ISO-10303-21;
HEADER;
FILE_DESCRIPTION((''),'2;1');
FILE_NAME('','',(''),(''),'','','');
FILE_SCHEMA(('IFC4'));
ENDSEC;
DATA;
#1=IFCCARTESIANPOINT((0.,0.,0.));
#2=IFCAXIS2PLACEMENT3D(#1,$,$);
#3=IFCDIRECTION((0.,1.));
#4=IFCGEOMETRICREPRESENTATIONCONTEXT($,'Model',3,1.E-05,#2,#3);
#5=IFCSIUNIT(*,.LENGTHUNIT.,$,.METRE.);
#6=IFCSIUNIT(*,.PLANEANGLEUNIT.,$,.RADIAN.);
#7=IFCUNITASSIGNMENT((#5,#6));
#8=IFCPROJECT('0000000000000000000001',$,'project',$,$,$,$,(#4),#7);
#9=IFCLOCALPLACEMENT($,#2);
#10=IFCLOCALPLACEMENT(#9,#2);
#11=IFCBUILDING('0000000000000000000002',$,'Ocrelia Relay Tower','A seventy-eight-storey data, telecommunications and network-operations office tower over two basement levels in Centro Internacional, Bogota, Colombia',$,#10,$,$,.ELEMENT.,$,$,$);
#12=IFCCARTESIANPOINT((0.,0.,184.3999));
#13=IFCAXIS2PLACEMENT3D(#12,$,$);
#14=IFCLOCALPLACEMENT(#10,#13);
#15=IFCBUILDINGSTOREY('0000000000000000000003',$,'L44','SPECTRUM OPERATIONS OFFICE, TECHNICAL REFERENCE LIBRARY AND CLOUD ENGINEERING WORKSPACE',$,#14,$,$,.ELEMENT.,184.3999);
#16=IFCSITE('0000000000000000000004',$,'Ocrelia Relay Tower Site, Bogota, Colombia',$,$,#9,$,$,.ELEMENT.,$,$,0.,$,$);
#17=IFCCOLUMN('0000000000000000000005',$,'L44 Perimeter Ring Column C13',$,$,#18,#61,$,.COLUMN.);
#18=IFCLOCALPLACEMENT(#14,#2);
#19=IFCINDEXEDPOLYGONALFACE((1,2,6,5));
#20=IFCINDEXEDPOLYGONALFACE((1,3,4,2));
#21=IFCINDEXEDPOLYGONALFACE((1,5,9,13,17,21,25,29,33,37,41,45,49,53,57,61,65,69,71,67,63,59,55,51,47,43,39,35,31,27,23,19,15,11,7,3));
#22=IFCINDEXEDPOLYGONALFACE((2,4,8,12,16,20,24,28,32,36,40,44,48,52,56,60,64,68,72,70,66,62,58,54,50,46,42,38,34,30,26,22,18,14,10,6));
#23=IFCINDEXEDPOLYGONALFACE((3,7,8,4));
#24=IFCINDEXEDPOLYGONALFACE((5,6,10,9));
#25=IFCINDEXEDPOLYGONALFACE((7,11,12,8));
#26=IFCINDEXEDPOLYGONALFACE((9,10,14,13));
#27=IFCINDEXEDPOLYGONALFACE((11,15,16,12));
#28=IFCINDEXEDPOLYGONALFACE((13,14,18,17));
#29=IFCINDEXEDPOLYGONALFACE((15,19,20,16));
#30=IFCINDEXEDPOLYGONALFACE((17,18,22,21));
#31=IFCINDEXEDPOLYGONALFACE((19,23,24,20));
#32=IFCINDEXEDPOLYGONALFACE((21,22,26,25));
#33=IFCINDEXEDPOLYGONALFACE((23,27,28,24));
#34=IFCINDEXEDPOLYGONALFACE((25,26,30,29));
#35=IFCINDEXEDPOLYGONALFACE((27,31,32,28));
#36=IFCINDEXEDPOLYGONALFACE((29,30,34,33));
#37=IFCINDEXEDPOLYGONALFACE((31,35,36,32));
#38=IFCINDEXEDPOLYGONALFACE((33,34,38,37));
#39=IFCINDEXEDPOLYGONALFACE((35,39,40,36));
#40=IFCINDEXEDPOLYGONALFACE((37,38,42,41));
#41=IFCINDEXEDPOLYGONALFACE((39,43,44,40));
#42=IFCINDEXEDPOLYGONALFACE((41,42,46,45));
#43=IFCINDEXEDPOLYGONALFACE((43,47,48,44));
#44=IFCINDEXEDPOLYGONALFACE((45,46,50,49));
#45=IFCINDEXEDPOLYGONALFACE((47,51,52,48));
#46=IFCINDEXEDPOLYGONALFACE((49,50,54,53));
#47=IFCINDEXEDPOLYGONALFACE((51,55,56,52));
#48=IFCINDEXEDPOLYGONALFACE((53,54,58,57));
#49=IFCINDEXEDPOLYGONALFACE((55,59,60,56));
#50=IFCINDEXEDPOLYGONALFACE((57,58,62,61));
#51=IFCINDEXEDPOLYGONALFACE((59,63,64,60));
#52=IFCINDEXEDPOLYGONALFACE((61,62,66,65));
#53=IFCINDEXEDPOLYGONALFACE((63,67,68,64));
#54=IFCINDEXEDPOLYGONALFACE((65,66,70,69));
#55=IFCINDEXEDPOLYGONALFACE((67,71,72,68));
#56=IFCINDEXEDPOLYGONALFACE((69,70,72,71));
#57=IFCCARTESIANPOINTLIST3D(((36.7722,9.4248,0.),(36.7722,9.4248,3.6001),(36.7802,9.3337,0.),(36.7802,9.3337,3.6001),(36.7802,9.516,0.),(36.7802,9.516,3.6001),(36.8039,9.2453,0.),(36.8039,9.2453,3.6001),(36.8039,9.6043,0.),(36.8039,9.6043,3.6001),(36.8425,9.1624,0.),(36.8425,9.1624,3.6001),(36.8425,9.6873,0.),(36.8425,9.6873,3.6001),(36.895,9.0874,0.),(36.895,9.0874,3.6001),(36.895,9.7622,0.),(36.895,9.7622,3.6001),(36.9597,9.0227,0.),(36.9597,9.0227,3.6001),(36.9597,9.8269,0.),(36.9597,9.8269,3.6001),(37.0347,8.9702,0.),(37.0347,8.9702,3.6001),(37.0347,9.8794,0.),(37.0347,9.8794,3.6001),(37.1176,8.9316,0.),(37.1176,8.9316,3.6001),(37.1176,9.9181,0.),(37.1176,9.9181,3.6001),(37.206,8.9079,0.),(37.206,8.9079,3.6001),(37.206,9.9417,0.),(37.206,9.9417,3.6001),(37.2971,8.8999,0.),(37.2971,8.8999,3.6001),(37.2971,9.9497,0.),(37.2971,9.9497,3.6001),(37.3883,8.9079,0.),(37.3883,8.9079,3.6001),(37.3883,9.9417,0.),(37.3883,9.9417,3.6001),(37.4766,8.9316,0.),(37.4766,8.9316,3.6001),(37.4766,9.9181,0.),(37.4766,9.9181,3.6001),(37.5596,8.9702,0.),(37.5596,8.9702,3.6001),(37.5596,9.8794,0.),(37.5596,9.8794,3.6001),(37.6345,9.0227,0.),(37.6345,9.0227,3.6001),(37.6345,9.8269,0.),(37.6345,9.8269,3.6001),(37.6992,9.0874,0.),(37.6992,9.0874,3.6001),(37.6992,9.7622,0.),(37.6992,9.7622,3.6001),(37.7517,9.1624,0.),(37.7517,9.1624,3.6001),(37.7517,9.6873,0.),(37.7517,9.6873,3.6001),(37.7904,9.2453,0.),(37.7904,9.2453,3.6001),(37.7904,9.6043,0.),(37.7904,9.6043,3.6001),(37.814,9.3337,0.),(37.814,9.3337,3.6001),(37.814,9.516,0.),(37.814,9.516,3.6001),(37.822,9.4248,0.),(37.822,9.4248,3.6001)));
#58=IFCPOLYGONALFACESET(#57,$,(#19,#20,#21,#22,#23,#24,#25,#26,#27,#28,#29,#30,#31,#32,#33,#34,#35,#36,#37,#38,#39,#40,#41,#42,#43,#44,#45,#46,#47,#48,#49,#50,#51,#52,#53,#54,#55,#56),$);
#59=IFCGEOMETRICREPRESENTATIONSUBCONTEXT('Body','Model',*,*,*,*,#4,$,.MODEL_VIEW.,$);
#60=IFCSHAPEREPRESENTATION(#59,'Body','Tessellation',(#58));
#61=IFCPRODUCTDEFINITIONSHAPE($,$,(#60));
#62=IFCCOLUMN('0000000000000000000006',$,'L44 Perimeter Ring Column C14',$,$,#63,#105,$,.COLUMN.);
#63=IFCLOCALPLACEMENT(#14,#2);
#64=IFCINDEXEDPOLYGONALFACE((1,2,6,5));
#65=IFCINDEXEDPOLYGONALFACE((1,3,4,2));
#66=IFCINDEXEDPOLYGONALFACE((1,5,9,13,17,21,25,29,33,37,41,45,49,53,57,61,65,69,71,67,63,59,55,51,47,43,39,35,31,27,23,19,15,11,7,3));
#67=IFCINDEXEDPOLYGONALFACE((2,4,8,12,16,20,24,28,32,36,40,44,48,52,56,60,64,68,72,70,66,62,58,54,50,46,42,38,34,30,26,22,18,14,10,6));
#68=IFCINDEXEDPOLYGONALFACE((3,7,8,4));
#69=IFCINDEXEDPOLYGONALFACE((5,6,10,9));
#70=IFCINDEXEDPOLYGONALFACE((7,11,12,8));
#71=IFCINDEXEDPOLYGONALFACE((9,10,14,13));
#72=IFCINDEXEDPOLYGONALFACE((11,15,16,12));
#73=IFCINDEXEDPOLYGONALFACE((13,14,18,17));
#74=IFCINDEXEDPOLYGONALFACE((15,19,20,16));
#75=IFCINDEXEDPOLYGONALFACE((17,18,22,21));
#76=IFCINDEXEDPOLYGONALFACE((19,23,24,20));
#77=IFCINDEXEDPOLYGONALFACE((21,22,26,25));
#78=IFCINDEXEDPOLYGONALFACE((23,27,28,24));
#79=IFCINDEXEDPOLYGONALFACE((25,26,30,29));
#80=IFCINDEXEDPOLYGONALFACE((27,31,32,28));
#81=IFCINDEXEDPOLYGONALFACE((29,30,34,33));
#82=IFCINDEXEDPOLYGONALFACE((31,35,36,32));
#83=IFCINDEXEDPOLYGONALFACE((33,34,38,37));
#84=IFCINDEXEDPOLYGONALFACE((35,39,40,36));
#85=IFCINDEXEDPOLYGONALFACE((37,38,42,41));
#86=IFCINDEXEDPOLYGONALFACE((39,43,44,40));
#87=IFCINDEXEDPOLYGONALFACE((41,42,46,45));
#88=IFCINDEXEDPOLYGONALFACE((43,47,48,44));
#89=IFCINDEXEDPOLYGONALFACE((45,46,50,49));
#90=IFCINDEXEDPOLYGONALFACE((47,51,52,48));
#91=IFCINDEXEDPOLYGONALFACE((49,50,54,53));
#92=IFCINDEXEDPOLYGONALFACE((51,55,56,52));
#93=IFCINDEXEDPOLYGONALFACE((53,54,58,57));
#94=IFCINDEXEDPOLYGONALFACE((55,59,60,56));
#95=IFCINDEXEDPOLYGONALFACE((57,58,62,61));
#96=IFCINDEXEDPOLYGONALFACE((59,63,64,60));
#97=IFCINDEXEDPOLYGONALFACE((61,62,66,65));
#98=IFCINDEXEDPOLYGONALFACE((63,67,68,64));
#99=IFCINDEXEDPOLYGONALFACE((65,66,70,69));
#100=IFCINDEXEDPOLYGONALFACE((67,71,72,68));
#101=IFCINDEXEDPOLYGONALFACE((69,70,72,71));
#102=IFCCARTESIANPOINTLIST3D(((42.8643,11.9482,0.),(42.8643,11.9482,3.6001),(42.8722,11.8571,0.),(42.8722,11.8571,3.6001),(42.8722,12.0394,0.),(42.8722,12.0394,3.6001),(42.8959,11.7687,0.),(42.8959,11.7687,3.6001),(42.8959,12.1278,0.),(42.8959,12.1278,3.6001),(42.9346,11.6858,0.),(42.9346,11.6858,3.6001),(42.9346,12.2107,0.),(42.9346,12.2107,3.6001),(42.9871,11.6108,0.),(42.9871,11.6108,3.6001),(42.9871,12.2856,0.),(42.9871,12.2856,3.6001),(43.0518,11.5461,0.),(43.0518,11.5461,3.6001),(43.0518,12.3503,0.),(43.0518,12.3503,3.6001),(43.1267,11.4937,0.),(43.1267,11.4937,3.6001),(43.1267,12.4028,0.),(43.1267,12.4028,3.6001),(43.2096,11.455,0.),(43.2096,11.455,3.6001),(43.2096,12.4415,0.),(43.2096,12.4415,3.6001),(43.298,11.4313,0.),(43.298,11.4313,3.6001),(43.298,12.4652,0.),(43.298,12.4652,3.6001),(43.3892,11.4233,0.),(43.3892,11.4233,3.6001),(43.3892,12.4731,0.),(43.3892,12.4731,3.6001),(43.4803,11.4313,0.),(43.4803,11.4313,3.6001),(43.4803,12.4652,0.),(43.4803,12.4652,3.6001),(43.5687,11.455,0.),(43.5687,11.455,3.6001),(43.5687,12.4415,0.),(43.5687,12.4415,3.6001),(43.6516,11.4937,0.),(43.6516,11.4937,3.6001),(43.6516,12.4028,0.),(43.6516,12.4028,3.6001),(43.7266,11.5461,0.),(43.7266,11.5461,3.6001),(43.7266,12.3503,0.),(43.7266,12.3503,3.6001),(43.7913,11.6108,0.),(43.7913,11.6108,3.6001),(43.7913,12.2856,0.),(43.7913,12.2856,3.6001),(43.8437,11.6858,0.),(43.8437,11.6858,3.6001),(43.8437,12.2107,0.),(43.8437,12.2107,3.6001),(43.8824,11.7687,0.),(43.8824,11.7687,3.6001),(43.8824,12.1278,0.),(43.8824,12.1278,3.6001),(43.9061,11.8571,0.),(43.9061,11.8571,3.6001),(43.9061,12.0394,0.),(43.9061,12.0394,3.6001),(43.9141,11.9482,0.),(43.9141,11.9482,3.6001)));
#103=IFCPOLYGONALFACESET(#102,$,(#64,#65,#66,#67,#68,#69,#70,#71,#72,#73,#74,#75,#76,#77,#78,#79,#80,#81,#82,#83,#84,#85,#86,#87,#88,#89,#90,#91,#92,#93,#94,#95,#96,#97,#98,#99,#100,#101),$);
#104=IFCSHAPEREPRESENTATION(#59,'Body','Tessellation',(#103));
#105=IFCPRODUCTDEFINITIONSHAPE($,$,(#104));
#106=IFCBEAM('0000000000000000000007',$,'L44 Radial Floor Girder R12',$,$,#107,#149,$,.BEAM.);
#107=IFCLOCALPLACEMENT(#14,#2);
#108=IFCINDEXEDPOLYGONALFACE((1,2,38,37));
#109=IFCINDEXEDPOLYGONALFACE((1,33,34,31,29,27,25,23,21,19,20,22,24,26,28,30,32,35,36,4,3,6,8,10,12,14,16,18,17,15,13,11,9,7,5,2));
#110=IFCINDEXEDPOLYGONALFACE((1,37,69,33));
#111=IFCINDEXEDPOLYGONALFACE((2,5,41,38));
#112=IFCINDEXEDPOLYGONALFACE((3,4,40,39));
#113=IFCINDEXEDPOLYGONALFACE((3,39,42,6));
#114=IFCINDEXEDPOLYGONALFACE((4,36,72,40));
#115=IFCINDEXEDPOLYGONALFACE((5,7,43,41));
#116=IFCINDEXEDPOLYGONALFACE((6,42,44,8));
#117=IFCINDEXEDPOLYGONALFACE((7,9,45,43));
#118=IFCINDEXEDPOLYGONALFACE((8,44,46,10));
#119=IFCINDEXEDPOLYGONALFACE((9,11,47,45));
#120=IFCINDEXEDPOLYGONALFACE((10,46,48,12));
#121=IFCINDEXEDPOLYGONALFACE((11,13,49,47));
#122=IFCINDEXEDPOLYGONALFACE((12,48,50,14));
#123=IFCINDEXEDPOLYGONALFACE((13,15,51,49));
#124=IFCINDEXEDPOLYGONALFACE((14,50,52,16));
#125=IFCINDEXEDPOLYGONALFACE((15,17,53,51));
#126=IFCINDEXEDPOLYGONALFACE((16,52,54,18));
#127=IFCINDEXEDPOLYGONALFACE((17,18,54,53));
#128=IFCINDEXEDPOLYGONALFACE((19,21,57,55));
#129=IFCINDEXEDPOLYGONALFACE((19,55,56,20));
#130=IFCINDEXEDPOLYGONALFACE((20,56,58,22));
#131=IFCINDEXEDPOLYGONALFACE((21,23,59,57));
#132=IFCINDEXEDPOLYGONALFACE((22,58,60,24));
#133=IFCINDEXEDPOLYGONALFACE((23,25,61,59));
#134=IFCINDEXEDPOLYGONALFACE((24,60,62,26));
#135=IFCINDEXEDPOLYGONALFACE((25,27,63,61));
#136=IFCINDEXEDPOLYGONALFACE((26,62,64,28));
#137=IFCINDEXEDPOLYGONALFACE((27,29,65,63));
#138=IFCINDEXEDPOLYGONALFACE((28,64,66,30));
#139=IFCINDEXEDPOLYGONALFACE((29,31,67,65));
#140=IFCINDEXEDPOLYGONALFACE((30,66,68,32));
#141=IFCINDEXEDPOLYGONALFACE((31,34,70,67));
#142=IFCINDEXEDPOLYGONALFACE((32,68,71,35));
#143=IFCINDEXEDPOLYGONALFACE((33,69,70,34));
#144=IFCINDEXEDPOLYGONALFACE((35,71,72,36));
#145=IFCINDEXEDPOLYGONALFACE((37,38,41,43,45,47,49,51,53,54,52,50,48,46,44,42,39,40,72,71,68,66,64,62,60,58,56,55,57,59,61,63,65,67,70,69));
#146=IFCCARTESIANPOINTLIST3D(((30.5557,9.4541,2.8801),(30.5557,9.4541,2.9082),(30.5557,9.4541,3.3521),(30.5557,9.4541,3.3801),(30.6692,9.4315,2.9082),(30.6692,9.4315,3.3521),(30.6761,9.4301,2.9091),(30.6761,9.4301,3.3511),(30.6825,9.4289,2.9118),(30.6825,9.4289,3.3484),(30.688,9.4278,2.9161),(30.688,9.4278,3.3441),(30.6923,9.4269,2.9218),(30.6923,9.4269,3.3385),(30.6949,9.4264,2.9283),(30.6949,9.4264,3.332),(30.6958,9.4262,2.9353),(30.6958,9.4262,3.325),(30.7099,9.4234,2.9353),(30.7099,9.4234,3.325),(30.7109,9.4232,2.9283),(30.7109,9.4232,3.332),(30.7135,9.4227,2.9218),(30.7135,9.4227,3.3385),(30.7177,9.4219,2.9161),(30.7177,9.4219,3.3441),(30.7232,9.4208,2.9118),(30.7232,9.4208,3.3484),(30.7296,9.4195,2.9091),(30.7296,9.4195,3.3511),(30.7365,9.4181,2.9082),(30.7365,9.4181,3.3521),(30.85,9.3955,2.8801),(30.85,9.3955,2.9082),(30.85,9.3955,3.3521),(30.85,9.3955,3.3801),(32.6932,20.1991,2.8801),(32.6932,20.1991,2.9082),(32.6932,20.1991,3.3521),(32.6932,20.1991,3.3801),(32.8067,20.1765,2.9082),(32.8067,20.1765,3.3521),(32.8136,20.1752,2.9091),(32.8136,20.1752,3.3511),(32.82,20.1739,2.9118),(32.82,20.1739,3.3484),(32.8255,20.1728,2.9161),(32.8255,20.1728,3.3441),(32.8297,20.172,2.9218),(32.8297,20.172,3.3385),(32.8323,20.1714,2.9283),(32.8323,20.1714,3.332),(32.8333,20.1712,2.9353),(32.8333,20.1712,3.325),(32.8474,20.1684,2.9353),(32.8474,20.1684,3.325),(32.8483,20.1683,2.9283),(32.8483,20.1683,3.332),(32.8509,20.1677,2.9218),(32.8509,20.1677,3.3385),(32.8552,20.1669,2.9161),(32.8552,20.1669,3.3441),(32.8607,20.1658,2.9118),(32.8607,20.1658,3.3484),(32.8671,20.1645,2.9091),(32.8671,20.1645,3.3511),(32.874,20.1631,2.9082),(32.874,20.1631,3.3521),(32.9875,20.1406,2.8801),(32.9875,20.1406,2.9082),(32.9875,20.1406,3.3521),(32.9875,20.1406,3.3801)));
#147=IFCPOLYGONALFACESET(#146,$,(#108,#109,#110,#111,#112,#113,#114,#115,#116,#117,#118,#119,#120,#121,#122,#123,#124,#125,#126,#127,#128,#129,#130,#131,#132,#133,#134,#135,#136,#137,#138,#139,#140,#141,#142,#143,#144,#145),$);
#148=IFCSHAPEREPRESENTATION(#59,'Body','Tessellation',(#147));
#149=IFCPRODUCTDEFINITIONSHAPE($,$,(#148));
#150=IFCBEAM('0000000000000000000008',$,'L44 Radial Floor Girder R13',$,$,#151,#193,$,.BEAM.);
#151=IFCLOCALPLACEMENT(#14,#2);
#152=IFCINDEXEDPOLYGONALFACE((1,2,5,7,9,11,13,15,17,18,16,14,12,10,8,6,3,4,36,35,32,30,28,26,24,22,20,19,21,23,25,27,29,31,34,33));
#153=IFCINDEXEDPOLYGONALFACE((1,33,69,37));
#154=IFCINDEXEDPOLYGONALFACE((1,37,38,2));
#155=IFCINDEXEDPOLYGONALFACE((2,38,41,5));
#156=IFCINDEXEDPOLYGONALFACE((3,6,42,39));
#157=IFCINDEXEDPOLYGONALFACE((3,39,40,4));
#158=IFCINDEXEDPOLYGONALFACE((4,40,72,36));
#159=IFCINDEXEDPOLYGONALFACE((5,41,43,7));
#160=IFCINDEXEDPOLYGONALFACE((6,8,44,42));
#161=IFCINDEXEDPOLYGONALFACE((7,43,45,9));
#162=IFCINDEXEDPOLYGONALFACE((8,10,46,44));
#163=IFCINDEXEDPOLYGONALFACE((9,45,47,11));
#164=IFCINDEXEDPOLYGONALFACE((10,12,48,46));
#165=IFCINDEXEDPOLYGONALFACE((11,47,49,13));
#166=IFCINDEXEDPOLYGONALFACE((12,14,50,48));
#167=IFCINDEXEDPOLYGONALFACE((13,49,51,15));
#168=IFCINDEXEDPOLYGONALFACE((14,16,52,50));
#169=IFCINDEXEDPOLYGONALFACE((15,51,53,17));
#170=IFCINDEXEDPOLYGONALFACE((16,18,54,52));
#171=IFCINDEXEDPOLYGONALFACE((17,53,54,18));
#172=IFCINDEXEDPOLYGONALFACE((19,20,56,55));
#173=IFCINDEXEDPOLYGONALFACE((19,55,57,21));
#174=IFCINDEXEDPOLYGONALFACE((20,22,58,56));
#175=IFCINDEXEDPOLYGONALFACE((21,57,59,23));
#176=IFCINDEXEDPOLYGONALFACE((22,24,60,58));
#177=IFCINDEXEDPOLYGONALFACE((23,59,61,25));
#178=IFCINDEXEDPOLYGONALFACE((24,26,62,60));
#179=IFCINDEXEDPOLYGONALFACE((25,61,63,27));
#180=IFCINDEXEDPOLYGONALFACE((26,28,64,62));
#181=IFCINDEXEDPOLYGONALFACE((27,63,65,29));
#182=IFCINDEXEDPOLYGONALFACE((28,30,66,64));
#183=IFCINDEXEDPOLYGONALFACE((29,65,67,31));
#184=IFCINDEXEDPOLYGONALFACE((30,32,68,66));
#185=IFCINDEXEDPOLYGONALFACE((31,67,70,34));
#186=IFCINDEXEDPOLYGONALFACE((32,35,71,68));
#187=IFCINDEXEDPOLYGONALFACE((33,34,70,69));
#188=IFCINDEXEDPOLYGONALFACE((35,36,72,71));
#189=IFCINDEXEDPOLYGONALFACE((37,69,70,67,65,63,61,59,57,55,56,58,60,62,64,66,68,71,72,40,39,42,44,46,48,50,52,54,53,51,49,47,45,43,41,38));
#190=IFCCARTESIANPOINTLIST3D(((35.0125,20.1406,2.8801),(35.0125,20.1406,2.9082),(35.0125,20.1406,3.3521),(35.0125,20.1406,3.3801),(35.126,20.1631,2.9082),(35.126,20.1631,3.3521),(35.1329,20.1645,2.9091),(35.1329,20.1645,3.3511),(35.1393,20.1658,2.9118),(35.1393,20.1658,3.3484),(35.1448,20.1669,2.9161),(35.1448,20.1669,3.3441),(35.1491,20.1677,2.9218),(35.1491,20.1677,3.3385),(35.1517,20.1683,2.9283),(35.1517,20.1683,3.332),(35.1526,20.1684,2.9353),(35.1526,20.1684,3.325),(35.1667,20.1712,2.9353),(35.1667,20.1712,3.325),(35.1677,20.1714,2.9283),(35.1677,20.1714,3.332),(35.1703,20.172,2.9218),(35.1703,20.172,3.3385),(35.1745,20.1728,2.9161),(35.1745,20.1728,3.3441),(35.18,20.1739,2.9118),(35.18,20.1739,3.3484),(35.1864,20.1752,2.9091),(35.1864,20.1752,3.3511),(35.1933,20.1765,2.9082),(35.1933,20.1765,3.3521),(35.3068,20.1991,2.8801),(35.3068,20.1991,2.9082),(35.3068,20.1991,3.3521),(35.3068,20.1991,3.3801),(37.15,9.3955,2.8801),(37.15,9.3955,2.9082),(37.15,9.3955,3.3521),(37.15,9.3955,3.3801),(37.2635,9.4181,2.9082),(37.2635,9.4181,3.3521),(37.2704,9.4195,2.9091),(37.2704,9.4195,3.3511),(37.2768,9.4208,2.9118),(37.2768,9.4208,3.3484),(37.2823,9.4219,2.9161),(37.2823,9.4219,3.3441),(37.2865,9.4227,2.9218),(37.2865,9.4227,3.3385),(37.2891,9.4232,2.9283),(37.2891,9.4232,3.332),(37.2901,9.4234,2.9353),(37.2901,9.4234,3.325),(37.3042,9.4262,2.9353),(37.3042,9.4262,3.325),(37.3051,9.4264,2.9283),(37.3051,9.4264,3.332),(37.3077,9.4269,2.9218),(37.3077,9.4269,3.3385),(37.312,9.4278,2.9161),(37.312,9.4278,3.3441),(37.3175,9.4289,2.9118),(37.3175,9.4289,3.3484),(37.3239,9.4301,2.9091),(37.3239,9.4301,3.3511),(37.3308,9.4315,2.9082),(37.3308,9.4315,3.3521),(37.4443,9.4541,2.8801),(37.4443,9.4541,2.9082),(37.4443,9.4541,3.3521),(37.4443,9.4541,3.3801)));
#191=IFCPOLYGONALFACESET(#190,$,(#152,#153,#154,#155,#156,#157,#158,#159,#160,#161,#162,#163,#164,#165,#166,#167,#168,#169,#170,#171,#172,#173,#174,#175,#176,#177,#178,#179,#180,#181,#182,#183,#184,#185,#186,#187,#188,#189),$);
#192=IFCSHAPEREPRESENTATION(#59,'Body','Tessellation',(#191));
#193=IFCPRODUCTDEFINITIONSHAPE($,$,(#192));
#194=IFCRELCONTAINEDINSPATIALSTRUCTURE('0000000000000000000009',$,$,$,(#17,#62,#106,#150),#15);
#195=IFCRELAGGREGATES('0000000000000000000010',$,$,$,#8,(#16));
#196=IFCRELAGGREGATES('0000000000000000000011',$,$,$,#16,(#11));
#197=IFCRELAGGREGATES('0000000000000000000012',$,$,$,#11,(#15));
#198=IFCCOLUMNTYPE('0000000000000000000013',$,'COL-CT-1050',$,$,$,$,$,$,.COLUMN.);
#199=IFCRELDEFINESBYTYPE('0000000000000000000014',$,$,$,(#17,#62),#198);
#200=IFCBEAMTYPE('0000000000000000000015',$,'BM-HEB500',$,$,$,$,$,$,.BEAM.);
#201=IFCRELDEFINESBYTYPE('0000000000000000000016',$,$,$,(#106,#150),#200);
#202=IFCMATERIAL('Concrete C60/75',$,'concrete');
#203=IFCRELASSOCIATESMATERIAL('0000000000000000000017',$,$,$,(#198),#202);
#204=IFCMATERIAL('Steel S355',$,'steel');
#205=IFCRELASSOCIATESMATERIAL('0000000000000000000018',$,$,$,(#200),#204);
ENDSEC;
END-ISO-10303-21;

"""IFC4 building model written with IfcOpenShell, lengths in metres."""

from ifc_helpers import new_model, si_unit, direction, frame, origin, origin_2d, place, context, subcontext, project, spatial, circle, i_section, extrude, material, material_profile, profile_set, type_object, element, save


model = new_model("IFC4")

# Units and contexts
model_context = context("Model", 3, precision=1e-05, world=origin(), true_north=direction((0.0, 1.0)))
body_context = subcontext(model_context, "Body", "Model", "MODEL_VIEW")
ifc_project = project(units=[si_unit("LENGTHUNIT", "METRE"), si_unit("PLANEANGLEUNIT", "RADIAN")], contexts=[model_context])

# Site, building, storey
site_placement = place(None, origin())
site = spatial("IfcSite", under=ifc_project, at=site_placement, Name="Ocrelia Relay Tower Site, Bogota, Colombia", CompositionType="ELEMENT", RefElevation=0.0)
building_placement = place(site_placement, origin())
building = spatial("IfcBuilding", under=site, at=building_placement, Name="Ocrelia Relay Tower", Description="A seventy-eight-storey data, telecommunications and network-operations office tower over two basement levels in Centro Internacional, Bogota, Colombia", CompositionType="ELEMENT")
storey_placement = place(building_placement, frame((0.0, 0.0, 184.3999)))
storey = spatial("IfcBuildingStorey", under=building, at=storey_placement, Name="L44", Description="SPECTRUM OPERATIONS OFFICE, TECHNICAL REFERENCE LIBRARY AND CLOUD ENGINEERING WORKSPACE", CompositionType="ELEMENT", Elevation=184.3999)

# Columns
ifc_material_1 = material(Name="Concrete C60/75", Category="concrete")
ifc_material_profile_1 = material_profile(ifc_material_1, circle(Radius=0.5249, at=origin_2d()), Name="RC-CIR-1050")
ifc_profile_set_1 = profile_set([ifc_material_profile_1], Name="Concrete C60/75")
column_type = type_object("IfcColumnType", Name="COL-CT-1050", PredefinedType="COLUMN", material=ifc_profile_set_1)
for number, where, z_axis, x_axis, name in (
    (1, (37.2971, 9.4248, 0.0), (0.0, 0.0, 1.0), (1.0, 0.0, 0.0), "L44 Perimeter Ring Column C13"),
    (2, (43.3892, 11.9482, 0.0), (0.0, 0.0, 1.0), (1.0, 0.0, 0.0), "L44 Perimeter Ring Column C14"),
):
    element("IfcColumn", number, at=place(storey_placement, frame(where, z_axis=z_axis, x_axis=x_axis)), inside=storey, type_object=column_type, Name=name, PredefinedType="COLUMN", context=body_context, shape_type="SweptSolid", body=[
        extrude(circle(Radius=0.5249, at=origin_2d()), origin(), (0.0, 0.0, 1.0), 3.6001),
    ])

# Beams
ifc_material_2 = material(Name="Steel S355", Category="steel")
ifc_material_profile_2 = material_profile(ifc_material_2, i_section(OverallWidth=0.3, OverallDepth=0.5, WebThickness=0.0144, FlangeThickness=0.0281, FilletRadius=0.0271, at=origin_2d()), Name="HEB 500")
ifc_profile_set_2 = profile_set([ifc_material_profile_2], Name="Steel S355")
beam_type_1 = type_object("IfcBeamType", Name="BM-HEB500", PredefinedType="BEAM", material=ifc_profile_set_2)
for number, where, z_axis, x_axis, name in (
    (3, (30.7029, 9.4248, 3.1301), (0.1951, 0.980783, 0.0), (-0.980783, 0.1951, 0.0), "L44 Radial Floor Girder R12"),
    (4, (37.2971, 9.4248, 3.1301), (-0.1951, 0.980783, 0.0), (-0.980783, -0.1951, 0.0), "L44 Radial Floor Girder R13"),
):
    element("IfcBeam", number, at=place(storey_placement, frame(where, z_axis=z_axis, x_axis=x_axis)), inside=storey, type_object=beam_type_1, Name=name, PredefinedType="BEAM", context=body_context, shape_type="SweptSolid", body=[
        extrude(i_section(OverallWidth=0.3, OverallDepth=0.5, WebThickness=0.0144, FlangeThickness=0.0281, FilletRadius=0.0271, at=origin_2d()), origin(), (0.0, 0.0, 1.0), 10.9556),
    ])

save(model, "model.ifc")
